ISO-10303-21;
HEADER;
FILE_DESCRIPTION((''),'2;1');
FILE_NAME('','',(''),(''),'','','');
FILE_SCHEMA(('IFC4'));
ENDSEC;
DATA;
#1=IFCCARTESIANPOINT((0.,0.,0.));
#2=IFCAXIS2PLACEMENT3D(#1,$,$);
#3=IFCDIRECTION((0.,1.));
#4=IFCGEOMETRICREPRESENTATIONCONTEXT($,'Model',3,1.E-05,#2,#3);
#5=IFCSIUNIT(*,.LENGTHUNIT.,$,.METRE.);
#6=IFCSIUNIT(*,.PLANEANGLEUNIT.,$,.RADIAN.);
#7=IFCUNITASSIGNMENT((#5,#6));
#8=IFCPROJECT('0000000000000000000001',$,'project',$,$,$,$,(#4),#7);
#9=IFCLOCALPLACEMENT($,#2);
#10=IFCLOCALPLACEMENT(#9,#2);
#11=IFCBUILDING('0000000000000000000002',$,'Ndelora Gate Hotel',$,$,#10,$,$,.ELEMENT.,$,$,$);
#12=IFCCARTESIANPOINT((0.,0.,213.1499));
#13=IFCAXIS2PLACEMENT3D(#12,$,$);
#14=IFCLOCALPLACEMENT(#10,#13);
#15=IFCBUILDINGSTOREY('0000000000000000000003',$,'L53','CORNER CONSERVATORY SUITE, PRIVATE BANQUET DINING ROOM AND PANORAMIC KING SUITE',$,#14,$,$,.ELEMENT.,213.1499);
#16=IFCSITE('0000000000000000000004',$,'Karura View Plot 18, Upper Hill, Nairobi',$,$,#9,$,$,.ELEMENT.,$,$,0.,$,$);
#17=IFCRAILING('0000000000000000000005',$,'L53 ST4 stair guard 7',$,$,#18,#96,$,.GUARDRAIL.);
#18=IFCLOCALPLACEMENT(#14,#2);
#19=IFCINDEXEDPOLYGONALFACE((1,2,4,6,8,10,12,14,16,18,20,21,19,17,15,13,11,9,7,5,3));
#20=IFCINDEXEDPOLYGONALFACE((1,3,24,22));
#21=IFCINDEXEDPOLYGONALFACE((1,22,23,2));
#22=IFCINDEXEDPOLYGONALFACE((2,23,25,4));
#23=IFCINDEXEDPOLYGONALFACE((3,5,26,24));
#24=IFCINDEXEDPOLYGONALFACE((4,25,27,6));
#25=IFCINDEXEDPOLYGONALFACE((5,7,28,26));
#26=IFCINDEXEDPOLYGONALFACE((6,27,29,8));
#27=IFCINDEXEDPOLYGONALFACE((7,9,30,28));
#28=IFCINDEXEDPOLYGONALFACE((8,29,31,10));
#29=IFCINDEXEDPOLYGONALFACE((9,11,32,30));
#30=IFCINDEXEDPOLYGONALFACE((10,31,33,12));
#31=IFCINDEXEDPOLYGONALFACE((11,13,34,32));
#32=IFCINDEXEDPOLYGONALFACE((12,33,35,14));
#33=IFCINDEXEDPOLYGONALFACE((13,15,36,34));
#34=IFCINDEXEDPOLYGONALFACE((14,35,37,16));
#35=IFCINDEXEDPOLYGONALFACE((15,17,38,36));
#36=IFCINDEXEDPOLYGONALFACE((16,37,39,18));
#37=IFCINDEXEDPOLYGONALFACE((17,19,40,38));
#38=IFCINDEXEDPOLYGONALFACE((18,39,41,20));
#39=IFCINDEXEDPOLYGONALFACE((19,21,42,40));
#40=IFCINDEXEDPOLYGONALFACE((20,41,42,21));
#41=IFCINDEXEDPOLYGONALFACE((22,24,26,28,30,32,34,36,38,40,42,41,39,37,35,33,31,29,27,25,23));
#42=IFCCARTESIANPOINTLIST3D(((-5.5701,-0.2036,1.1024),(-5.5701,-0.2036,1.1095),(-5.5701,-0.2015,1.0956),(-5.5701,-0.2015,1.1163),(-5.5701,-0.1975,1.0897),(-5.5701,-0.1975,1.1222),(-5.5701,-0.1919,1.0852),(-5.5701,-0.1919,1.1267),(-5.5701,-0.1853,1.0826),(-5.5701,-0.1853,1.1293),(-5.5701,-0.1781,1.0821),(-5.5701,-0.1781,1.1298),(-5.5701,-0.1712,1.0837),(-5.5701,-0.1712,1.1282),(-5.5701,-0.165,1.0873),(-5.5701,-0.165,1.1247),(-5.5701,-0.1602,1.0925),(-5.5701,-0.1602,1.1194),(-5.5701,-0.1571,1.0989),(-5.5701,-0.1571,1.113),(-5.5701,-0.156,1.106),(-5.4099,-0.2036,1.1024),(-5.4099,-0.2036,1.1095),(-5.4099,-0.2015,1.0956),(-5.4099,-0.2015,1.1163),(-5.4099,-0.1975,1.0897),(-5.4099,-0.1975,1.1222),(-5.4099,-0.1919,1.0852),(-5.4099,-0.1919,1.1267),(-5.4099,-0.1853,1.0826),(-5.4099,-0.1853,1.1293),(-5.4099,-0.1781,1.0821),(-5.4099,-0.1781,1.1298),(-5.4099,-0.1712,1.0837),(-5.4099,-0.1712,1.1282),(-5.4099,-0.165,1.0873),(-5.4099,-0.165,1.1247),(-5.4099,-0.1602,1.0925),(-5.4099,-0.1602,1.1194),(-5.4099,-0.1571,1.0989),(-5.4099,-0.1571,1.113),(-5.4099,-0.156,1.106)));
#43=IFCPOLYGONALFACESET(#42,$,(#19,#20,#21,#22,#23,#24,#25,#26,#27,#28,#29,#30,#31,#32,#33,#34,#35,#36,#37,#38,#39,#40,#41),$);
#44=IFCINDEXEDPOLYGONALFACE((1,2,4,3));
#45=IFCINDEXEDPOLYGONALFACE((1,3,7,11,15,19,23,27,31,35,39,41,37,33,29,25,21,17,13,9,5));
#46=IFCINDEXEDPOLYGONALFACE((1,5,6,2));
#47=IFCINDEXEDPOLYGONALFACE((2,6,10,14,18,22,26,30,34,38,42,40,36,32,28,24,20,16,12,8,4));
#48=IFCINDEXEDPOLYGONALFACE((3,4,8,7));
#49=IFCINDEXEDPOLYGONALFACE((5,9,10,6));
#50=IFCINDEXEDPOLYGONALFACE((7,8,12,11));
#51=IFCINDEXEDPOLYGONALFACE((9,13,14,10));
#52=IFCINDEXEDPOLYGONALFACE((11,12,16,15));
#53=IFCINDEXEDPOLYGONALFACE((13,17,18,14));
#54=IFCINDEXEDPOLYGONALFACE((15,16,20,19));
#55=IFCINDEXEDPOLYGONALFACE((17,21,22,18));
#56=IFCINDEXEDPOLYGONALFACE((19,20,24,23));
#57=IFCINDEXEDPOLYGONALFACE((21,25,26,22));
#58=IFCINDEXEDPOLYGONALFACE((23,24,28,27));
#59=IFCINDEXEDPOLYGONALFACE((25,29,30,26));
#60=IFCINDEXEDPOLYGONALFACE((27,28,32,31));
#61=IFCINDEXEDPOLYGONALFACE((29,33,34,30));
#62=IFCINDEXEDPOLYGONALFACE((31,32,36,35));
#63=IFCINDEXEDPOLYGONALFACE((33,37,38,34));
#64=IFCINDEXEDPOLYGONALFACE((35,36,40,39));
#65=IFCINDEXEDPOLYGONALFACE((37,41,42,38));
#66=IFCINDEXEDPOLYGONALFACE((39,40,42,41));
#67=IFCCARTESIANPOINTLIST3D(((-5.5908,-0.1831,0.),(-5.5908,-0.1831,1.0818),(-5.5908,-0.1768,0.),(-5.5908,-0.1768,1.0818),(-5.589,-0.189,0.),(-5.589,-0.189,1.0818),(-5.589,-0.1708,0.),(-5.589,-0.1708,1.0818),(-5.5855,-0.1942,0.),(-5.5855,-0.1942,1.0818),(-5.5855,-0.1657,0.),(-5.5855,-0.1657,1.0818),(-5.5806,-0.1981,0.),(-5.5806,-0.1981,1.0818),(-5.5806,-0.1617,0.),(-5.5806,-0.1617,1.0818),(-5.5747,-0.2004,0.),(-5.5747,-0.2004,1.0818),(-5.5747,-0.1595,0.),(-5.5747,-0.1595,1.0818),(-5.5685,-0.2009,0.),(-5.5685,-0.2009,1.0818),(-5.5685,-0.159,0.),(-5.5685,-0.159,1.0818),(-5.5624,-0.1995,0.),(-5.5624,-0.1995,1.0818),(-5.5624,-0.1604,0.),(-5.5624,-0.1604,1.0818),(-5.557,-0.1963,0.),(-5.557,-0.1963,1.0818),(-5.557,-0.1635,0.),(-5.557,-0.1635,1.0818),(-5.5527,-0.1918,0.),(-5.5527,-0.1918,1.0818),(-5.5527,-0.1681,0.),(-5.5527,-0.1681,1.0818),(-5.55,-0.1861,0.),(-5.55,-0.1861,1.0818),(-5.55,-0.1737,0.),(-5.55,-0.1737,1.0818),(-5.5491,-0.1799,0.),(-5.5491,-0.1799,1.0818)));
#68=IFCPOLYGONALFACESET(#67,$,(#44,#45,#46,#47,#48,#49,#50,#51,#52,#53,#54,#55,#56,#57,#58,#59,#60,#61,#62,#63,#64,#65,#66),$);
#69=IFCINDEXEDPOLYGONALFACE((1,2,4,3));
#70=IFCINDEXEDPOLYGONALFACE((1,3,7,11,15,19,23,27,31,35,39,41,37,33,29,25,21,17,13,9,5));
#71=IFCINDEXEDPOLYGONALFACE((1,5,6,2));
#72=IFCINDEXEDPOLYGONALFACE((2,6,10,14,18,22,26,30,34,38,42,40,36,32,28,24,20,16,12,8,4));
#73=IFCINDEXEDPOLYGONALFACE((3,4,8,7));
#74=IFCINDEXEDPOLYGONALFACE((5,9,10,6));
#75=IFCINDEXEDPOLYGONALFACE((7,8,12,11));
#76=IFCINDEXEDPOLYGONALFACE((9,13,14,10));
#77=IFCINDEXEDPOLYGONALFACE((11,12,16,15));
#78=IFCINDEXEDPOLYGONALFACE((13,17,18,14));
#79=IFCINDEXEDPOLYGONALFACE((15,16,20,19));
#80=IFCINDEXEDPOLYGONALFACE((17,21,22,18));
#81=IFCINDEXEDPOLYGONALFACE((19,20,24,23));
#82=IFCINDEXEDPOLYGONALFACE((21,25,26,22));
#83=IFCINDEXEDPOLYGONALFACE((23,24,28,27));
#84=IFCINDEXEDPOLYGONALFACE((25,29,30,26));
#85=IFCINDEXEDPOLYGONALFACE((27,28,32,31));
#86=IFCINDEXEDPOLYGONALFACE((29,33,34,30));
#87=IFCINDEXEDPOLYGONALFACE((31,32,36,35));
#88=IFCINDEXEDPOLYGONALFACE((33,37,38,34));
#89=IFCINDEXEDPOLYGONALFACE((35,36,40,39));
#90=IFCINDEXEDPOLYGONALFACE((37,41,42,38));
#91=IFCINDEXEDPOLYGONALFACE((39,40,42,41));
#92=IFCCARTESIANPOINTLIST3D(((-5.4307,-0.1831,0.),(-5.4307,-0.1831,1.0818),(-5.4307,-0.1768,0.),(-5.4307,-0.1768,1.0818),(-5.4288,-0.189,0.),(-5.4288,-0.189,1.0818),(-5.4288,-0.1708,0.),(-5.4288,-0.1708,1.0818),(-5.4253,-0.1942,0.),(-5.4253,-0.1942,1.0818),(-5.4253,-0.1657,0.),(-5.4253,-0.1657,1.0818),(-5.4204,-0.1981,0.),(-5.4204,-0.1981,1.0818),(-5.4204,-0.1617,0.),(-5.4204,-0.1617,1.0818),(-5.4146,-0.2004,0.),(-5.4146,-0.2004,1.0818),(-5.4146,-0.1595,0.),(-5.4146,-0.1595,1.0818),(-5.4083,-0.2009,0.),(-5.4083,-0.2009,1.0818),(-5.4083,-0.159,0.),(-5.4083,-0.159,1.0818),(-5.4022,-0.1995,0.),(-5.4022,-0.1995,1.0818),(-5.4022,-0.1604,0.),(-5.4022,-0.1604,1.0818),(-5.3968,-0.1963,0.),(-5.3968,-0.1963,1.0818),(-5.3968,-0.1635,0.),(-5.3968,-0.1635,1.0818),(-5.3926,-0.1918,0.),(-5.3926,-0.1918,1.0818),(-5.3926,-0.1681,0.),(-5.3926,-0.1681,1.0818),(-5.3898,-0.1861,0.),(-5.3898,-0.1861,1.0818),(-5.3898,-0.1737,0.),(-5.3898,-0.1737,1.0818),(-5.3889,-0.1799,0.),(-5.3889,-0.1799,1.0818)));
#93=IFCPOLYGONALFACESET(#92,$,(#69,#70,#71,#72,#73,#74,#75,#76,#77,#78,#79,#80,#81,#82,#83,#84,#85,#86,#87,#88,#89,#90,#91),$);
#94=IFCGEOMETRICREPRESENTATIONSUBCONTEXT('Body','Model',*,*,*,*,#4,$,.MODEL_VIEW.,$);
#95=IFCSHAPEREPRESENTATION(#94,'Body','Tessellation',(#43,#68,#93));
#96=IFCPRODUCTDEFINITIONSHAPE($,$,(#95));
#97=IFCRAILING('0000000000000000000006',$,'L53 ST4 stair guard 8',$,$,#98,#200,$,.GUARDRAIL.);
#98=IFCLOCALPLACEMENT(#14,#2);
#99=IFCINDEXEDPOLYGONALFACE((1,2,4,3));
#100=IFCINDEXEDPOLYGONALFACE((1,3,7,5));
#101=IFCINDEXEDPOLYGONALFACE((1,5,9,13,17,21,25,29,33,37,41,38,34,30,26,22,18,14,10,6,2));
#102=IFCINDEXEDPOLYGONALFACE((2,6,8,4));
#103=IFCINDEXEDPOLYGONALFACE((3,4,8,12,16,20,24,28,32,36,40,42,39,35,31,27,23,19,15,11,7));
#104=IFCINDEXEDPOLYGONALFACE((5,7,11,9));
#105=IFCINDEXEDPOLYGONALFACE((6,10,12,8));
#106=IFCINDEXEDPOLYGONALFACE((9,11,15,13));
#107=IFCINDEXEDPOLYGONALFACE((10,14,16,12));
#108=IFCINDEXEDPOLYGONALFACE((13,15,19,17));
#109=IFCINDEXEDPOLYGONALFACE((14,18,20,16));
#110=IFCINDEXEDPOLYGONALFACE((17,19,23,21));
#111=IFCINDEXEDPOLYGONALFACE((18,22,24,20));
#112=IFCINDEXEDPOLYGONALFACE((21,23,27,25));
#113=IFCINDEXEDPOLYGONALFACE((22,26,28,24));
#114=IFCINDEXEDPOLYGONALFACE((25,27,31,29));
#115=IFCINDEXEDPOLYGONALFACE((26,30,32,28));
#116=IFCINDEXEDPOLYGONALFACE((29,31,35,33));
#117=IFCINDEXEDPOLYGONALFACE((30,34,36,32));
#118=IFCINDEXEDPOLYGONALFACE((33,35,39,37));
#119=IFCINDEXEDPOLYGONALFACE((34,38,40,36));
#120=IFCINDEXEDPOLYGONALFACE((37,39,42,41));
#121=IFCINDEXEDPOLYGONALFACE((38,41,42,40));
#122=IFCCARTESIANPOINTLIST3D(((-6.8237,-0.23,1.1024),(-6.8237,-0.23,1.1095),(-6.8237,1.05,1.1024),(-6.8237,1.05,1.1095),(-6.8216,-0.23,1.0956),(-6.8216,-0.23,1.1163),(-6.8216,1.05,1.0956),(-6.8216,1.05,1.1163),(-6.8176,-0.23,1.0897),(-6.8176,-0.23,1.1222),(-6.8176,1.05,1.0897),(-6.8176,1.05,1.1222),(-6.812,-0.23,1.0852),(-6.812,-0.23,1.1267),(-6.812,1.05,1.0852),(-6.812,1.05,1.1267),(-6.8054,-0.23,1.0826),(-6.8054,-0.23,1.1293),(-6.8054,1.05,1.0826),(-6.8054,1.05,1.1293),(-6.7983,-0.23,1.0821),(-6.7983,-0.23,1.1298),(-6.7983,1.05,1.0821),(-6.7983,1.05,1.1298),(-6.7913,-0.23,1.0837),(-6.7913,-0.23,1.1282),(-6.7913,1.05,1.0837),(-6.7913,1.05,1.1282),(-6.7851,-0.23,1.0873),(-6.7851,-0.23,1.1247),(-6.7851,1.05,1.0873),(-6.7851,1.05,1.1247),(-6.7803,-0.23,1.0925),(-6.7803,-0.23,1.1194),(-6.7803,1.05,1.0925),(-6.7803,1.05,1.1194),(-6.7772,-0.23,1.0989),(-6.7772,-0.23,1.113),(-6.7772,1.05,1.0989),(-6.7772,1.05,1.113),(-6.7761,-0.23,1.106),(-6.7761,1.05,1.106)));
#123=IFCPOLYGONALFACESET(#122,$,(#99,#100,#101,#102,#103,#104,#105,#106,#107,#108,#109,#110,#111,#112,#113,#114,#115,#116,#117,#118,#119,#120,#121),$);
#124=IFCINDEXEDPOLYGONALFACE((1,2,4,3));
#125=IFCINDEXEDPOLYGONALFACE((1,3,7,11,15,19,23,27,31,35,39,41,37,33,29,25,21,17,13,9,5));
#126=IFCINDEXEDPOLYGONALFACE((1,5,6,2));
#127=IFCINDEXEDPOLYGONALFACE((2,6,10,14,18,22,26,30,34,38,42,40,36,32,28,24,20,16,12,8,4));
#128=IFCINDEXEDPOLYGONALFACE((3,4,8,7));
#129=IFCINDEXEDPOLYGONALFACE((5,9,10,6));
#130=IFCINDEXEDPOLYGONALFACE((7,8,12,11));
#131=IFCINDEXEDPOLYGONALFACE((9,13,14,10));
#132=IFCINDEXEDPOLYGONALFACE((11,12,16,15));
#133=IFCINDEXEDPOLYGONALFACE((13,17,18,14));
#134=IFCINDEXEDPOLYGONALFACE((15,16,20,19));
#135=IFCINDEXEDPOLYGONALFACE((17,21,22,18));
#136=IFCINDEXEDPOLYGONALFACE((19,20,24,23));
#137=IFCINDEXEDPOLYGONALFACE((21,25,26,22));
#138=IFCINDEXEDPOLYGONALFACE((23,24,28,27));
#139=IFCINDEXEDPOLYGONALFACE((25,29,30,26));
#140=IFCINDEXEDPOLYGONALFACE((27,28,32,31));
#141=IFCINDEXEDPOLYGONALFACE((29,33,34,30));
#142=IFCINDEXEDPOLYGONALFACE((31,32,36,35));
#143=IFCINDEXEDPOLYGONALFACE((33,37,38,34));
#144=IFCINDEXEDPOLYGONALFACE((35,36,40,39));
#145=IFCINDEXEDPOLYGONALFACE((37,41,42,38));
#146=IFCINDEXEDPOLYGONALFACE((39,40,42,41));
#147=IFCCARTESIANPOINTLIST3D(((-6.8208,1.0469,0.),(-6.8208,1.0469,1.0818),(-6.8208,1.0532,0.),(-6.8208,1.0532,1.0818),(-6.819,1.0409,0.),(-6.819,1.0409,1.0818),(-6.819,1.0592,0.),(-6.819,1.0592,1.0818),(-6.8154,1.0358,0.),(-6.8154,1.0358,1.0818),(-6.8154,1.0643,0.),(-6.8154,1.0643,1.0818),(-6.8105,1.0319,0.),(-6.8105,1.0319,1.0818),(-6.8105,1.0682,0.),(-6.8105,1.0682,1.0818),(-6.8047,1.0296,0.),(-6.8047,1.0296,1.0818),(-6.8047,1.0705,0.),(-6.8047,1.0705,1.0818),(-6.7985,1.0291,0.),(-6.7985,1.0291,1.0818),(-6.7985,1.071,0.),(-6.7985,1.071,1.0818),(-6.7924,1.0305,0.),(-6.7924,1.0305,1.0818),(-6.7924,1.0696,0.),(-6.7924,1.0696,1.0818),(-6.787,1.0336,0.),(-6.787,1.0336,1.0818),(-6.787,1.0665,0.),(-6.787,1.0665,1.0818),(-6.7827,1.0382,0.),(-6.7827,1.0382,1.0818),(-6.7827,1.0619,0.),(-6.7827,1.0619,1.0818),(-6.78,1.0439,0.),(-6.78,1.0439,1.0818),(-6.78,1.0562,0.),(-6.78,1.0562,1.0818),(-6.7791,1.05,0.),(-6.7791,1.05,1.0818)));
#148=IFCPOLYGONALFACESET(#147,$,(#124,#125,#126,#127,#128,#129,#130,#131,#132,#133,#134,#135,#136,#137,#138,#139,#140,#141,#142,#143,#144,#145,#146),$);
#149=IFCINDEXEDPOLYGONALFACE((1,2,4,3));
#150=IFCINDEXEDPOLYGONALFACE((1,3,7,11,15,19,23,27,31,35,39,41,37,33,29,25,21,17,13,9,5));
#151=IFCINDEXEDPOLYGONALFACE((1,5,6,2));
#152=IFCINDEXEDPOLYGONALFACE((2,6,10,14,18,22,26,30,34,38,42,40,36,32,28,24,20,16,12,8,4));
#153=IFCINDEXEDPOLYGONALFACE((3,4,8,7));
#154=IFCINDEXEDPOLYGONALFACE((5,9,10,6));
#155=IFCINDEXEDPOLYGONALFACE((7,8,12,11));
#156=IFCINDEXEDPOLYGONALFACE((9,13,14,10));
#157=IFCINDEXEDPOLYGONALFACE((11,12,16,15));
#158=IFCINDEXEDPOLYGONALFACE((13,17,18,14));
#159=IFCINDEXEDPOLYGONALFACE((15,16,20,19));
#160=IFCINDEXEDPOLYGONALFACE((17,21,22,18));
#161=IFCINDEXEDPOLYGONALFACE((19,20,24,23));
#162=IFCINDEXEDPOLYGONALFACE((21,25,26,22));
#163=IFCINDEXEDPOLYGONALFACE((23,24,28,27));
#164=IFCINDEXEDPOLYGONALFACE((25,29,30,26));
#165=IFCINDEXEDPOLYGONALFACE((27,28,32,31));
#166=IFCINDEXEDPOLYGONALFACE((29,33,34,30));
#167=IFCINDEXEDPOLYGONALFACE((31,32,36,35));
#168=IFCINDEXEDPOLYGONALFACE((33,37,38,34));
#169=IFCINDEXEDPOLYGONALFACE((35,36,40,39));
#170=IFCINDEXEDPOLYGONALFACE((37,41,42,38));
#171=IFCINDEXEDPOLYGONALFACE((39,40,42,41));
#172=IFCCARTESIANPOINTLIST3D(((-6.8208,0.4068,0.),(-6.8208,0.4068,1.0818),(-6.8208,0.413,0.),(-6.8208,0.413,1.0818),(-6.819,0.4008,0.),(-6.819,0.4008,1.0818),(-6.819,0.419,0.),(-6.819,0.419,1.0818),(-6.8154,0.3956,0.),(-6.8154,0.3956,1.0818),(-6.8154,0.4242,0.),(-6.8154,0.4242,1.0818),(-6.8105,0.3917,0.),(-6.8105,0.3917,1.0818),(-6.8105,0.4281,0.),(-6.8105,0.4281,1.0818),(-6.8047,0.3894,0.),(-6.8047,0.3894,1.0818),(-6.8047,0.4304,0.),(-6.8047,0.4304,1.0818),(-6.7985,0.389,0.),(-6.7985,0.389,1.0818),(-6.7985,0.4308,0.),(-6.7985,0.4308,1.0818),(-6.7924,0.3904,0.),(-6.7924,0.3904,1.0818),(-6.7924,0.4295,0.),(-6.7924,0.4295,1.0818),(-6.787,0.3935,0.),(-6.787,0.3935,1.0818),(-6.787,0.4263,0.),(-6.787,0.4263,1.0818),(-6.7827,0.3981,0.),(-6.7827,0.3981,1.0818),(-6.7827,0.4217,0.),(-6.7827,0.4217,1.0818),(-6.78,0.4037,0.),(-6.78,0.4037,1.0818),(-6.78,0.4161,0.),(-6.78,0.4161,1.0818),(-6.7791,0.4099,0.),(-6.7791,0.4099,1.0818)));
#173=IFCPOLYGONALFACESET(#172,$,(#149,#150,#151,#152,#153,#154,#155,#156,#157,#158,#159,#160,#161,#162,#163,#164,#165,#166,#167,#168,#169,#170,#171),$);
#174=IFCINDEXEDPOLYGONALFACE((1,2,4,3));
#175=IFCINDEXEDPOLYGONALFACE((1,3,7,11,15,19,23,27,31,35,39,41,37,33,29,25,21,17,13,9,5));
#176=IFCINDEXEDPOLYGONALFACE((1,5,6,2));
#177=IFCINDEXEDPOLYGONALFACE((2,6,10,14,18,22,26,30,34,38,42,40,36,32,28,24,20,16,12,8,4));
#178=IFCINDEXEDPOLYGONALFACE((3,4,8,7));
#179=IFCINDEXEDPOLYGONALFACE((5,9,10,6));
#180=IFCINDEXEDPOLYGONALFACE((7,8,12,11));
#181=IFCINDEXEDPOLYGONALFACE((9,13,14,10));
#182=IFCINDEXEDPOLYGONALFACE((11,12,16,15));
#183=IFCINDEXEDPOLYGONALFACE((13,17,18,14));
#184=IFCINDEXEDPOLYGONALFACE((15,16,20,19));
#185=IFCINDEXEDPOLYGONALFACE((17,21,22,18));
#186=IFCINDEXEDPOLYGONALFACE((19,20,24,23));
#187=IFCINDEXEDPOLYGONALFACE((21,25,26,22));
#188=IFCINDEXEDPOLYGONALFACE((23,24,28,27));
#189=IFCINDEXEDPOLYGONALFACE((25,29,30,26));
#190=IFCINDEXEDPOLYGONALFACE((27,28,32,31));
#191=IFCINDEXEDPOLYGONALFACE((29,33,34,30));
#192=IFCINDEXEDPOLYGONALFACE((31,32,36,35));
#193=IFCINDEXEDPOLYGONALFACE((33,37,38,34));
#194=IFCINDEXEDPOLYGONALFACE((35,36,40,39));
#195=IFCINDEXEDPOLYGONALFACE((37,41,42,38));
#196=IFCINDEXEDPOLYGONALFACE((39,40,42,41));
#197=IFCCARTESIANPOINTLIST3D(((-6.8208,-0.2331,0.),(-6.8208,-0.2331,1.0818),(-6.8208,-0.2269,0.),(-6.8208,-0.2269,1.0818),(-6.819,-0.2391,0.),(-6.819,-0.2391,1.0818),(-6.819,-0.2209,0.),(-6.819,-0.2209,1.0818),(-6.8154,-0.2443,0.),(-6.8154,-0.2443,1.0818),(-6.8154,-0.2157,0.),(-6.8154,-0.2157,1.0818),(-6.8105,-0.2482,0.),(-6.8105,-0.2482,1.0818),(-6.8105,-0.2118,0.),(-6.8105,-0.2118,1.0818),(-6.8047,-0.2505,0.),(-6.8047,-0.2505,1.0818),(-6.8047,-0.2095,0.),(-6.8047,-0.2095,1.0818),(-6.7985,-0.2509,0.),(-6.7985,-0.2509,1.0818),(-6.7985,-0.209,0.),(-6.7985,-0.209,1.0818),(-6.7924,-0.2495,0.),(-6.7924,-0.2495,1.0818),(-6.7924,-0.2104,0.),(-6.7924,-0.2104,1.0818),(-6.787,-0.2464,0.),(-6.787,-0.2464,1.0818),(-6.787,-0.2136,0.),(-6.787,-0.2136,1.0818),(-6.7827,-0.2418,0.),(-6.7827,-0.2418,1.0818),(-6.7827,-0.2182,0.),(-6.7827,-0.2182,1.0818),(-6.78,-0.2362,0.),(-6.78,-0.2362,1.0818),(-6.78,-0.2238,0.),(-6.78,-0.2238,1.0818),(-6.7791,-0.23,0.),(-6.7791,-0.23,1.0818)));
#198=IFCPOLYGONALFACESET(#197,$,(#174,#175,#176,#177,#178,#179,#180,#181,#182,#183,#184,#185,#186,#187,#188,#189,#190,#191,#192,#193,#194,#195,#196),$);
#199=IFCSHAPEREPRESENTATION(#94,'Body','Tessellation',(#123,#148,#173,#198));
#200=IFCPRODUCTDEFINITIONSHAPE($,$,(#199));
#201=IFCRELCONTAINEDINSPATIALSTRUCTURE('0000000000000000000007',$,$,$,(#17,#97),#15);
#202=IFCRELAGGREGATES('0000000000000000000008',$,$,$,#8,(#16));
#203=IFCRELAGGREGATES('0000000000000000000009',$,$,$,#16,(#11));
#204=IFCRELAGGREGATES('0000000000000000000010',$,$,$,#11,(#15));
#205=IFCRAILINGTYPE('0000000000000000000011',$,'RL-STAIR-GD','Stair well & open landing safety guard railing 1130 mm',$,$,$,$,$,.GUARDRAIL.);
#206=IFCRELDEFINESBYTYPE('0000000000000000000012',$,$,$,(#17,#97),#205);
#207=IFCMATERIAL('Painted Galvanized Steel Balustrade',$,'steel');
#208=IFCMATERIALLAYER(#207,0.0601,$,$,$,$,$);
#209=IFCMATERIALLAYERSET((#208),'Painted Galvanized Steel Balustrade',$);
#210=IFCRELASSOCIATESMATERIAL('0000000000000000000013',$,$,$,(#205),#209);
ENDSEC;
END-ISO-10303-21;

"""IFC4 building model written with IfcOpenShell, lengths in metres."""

from ifc_helpers import new_model, si_unit, direction, frame, origin, origin_2d, place, context, subcontext, project, spatial, circle, extrude, material, layer, layer_set, type_object, element, save


model = new_model("IFC4")

# Units and contexts
model_context = context("Model", 3, precision=1e-05, world=origin(), true_north=direction((0.0, 1.0)))
body_context = subcontext(model_context, "Body", "Model", "MODEL_VIEW")
ifc_project = project(units=[si_unit("LENGTHUNIT", "METRE"), si_unit("PLANEANGLEUNIT", "RADIAN")], contexts=[model_context])

# Site, building, storey
site_placement = place(None, origin())
site = spatial("IfcSite", under=ifc_project, at=site_placement, Name="Karura View Plot 18, Upper Hill, Nairobi", CompositionType="ELEMENT", RefElevation=0.0)
building_placement = place(site_placement, origin())
building = spatial("IfcBuilding", under=site, at=building_placement, Name="Ndelora Gate Hotel", CompositionType="ELEMENT")
storey_placement = place(building_placement, frame((0.0, 0.0, 213.1499)))
storey = spatial("IfcBuildingStorey", under=building, at=storey_placement, Name="L53", Description="CORNER CONSERVATORY SUITE, PRIVATE BANQUET DINING ROOM AND PANORAMIC KING SUITE", CompositionType="ELEMENT", Elevation=213.1499)

# Railings
ifc_material_1 = material(Name="Painted Galvanized Steel Balustrade", Category="steel")
ifc_layer_1 = layer(ifc_material_1, 0.0601)
ifc_layer_set_1 = layer_set([ifc_layer_1], Name="Painted Galvanized Steel Balustrade")
railing_type = type_object("IfcRailingType", Name="RL-STAIR-GD", Description="Stair well & open landing safety guard railing 1130 mm", PredefinedType="GUARDRAIL", material=ifc_layer_set_1)
railing_1_placement = place(storey_placement, frame((-5.5701, -0.1799, 0.0)))
element("IfcRailing", 1, at=railing_1_placement, inside=storey, type_object=railing_type, Name="L53 ST4 stair guard 7", PredefinedType="GUARDRAIL", context=body_context, shape_type="SweptSolid", body=[
    extrude(circle(Radius=0.0239, at=origin_2d()), frame((0.0, 0.0, 1.106), z_axis=(1.0, 0.0, 0.0), x_axis=(0.0, 1.0, 0.0)), (0.0, 0.0, 1.0), 0.1602),
    extrude(circle(Radius=0.021, at=origin_2d()), origin(), (0.0, 0.0, 1.0), 1.0818),
    extrude(circle(Radius=0.021, at=origin_2d()), frame((0.1602, 0.0, 0.0)), (0.0, 0.0, 1.0), 1.0818),
])
for number, where, name in (
    (2, (-6.8, 1.05, 0.0), "L53 ST4 stair guard 8"),
):
    element("IfcRailing", number, at=place(storey_placement, frame(where)), inside=storey, type_object=railing_type, Name=name, PredefinedType="GUARDRAIL", context=body_context, shape_type="SweptSolid", body=[
        extrude(circle(Radius=0.0239, at=origin_2d()), frame((0.0, 0.0, 1.106), z_axis=(0.0, -1.0, 0.0), x_axis=(1.0, 0.0, 0.0)), (0.0, 0.0, 1.0), 1.28),
        extrude(circle(Radius=0.021, at=origin_2d()), origin(), (0.0, 0.0, 1.0), 1.0818),
        extrude(circle(Radius=0.021, at=origin_2d()), frame((0.0, -0.6401, 0.0)), (0.0, 0.0, 1.0), 1.0818),
        extrude(circle(Radius=0.021, at=origin_2d()), frame((0.0, -1.28, 0.0)), (0.0, 0.0, 1.0), 1.0818),
    ])

save(model, "model.ifc")
